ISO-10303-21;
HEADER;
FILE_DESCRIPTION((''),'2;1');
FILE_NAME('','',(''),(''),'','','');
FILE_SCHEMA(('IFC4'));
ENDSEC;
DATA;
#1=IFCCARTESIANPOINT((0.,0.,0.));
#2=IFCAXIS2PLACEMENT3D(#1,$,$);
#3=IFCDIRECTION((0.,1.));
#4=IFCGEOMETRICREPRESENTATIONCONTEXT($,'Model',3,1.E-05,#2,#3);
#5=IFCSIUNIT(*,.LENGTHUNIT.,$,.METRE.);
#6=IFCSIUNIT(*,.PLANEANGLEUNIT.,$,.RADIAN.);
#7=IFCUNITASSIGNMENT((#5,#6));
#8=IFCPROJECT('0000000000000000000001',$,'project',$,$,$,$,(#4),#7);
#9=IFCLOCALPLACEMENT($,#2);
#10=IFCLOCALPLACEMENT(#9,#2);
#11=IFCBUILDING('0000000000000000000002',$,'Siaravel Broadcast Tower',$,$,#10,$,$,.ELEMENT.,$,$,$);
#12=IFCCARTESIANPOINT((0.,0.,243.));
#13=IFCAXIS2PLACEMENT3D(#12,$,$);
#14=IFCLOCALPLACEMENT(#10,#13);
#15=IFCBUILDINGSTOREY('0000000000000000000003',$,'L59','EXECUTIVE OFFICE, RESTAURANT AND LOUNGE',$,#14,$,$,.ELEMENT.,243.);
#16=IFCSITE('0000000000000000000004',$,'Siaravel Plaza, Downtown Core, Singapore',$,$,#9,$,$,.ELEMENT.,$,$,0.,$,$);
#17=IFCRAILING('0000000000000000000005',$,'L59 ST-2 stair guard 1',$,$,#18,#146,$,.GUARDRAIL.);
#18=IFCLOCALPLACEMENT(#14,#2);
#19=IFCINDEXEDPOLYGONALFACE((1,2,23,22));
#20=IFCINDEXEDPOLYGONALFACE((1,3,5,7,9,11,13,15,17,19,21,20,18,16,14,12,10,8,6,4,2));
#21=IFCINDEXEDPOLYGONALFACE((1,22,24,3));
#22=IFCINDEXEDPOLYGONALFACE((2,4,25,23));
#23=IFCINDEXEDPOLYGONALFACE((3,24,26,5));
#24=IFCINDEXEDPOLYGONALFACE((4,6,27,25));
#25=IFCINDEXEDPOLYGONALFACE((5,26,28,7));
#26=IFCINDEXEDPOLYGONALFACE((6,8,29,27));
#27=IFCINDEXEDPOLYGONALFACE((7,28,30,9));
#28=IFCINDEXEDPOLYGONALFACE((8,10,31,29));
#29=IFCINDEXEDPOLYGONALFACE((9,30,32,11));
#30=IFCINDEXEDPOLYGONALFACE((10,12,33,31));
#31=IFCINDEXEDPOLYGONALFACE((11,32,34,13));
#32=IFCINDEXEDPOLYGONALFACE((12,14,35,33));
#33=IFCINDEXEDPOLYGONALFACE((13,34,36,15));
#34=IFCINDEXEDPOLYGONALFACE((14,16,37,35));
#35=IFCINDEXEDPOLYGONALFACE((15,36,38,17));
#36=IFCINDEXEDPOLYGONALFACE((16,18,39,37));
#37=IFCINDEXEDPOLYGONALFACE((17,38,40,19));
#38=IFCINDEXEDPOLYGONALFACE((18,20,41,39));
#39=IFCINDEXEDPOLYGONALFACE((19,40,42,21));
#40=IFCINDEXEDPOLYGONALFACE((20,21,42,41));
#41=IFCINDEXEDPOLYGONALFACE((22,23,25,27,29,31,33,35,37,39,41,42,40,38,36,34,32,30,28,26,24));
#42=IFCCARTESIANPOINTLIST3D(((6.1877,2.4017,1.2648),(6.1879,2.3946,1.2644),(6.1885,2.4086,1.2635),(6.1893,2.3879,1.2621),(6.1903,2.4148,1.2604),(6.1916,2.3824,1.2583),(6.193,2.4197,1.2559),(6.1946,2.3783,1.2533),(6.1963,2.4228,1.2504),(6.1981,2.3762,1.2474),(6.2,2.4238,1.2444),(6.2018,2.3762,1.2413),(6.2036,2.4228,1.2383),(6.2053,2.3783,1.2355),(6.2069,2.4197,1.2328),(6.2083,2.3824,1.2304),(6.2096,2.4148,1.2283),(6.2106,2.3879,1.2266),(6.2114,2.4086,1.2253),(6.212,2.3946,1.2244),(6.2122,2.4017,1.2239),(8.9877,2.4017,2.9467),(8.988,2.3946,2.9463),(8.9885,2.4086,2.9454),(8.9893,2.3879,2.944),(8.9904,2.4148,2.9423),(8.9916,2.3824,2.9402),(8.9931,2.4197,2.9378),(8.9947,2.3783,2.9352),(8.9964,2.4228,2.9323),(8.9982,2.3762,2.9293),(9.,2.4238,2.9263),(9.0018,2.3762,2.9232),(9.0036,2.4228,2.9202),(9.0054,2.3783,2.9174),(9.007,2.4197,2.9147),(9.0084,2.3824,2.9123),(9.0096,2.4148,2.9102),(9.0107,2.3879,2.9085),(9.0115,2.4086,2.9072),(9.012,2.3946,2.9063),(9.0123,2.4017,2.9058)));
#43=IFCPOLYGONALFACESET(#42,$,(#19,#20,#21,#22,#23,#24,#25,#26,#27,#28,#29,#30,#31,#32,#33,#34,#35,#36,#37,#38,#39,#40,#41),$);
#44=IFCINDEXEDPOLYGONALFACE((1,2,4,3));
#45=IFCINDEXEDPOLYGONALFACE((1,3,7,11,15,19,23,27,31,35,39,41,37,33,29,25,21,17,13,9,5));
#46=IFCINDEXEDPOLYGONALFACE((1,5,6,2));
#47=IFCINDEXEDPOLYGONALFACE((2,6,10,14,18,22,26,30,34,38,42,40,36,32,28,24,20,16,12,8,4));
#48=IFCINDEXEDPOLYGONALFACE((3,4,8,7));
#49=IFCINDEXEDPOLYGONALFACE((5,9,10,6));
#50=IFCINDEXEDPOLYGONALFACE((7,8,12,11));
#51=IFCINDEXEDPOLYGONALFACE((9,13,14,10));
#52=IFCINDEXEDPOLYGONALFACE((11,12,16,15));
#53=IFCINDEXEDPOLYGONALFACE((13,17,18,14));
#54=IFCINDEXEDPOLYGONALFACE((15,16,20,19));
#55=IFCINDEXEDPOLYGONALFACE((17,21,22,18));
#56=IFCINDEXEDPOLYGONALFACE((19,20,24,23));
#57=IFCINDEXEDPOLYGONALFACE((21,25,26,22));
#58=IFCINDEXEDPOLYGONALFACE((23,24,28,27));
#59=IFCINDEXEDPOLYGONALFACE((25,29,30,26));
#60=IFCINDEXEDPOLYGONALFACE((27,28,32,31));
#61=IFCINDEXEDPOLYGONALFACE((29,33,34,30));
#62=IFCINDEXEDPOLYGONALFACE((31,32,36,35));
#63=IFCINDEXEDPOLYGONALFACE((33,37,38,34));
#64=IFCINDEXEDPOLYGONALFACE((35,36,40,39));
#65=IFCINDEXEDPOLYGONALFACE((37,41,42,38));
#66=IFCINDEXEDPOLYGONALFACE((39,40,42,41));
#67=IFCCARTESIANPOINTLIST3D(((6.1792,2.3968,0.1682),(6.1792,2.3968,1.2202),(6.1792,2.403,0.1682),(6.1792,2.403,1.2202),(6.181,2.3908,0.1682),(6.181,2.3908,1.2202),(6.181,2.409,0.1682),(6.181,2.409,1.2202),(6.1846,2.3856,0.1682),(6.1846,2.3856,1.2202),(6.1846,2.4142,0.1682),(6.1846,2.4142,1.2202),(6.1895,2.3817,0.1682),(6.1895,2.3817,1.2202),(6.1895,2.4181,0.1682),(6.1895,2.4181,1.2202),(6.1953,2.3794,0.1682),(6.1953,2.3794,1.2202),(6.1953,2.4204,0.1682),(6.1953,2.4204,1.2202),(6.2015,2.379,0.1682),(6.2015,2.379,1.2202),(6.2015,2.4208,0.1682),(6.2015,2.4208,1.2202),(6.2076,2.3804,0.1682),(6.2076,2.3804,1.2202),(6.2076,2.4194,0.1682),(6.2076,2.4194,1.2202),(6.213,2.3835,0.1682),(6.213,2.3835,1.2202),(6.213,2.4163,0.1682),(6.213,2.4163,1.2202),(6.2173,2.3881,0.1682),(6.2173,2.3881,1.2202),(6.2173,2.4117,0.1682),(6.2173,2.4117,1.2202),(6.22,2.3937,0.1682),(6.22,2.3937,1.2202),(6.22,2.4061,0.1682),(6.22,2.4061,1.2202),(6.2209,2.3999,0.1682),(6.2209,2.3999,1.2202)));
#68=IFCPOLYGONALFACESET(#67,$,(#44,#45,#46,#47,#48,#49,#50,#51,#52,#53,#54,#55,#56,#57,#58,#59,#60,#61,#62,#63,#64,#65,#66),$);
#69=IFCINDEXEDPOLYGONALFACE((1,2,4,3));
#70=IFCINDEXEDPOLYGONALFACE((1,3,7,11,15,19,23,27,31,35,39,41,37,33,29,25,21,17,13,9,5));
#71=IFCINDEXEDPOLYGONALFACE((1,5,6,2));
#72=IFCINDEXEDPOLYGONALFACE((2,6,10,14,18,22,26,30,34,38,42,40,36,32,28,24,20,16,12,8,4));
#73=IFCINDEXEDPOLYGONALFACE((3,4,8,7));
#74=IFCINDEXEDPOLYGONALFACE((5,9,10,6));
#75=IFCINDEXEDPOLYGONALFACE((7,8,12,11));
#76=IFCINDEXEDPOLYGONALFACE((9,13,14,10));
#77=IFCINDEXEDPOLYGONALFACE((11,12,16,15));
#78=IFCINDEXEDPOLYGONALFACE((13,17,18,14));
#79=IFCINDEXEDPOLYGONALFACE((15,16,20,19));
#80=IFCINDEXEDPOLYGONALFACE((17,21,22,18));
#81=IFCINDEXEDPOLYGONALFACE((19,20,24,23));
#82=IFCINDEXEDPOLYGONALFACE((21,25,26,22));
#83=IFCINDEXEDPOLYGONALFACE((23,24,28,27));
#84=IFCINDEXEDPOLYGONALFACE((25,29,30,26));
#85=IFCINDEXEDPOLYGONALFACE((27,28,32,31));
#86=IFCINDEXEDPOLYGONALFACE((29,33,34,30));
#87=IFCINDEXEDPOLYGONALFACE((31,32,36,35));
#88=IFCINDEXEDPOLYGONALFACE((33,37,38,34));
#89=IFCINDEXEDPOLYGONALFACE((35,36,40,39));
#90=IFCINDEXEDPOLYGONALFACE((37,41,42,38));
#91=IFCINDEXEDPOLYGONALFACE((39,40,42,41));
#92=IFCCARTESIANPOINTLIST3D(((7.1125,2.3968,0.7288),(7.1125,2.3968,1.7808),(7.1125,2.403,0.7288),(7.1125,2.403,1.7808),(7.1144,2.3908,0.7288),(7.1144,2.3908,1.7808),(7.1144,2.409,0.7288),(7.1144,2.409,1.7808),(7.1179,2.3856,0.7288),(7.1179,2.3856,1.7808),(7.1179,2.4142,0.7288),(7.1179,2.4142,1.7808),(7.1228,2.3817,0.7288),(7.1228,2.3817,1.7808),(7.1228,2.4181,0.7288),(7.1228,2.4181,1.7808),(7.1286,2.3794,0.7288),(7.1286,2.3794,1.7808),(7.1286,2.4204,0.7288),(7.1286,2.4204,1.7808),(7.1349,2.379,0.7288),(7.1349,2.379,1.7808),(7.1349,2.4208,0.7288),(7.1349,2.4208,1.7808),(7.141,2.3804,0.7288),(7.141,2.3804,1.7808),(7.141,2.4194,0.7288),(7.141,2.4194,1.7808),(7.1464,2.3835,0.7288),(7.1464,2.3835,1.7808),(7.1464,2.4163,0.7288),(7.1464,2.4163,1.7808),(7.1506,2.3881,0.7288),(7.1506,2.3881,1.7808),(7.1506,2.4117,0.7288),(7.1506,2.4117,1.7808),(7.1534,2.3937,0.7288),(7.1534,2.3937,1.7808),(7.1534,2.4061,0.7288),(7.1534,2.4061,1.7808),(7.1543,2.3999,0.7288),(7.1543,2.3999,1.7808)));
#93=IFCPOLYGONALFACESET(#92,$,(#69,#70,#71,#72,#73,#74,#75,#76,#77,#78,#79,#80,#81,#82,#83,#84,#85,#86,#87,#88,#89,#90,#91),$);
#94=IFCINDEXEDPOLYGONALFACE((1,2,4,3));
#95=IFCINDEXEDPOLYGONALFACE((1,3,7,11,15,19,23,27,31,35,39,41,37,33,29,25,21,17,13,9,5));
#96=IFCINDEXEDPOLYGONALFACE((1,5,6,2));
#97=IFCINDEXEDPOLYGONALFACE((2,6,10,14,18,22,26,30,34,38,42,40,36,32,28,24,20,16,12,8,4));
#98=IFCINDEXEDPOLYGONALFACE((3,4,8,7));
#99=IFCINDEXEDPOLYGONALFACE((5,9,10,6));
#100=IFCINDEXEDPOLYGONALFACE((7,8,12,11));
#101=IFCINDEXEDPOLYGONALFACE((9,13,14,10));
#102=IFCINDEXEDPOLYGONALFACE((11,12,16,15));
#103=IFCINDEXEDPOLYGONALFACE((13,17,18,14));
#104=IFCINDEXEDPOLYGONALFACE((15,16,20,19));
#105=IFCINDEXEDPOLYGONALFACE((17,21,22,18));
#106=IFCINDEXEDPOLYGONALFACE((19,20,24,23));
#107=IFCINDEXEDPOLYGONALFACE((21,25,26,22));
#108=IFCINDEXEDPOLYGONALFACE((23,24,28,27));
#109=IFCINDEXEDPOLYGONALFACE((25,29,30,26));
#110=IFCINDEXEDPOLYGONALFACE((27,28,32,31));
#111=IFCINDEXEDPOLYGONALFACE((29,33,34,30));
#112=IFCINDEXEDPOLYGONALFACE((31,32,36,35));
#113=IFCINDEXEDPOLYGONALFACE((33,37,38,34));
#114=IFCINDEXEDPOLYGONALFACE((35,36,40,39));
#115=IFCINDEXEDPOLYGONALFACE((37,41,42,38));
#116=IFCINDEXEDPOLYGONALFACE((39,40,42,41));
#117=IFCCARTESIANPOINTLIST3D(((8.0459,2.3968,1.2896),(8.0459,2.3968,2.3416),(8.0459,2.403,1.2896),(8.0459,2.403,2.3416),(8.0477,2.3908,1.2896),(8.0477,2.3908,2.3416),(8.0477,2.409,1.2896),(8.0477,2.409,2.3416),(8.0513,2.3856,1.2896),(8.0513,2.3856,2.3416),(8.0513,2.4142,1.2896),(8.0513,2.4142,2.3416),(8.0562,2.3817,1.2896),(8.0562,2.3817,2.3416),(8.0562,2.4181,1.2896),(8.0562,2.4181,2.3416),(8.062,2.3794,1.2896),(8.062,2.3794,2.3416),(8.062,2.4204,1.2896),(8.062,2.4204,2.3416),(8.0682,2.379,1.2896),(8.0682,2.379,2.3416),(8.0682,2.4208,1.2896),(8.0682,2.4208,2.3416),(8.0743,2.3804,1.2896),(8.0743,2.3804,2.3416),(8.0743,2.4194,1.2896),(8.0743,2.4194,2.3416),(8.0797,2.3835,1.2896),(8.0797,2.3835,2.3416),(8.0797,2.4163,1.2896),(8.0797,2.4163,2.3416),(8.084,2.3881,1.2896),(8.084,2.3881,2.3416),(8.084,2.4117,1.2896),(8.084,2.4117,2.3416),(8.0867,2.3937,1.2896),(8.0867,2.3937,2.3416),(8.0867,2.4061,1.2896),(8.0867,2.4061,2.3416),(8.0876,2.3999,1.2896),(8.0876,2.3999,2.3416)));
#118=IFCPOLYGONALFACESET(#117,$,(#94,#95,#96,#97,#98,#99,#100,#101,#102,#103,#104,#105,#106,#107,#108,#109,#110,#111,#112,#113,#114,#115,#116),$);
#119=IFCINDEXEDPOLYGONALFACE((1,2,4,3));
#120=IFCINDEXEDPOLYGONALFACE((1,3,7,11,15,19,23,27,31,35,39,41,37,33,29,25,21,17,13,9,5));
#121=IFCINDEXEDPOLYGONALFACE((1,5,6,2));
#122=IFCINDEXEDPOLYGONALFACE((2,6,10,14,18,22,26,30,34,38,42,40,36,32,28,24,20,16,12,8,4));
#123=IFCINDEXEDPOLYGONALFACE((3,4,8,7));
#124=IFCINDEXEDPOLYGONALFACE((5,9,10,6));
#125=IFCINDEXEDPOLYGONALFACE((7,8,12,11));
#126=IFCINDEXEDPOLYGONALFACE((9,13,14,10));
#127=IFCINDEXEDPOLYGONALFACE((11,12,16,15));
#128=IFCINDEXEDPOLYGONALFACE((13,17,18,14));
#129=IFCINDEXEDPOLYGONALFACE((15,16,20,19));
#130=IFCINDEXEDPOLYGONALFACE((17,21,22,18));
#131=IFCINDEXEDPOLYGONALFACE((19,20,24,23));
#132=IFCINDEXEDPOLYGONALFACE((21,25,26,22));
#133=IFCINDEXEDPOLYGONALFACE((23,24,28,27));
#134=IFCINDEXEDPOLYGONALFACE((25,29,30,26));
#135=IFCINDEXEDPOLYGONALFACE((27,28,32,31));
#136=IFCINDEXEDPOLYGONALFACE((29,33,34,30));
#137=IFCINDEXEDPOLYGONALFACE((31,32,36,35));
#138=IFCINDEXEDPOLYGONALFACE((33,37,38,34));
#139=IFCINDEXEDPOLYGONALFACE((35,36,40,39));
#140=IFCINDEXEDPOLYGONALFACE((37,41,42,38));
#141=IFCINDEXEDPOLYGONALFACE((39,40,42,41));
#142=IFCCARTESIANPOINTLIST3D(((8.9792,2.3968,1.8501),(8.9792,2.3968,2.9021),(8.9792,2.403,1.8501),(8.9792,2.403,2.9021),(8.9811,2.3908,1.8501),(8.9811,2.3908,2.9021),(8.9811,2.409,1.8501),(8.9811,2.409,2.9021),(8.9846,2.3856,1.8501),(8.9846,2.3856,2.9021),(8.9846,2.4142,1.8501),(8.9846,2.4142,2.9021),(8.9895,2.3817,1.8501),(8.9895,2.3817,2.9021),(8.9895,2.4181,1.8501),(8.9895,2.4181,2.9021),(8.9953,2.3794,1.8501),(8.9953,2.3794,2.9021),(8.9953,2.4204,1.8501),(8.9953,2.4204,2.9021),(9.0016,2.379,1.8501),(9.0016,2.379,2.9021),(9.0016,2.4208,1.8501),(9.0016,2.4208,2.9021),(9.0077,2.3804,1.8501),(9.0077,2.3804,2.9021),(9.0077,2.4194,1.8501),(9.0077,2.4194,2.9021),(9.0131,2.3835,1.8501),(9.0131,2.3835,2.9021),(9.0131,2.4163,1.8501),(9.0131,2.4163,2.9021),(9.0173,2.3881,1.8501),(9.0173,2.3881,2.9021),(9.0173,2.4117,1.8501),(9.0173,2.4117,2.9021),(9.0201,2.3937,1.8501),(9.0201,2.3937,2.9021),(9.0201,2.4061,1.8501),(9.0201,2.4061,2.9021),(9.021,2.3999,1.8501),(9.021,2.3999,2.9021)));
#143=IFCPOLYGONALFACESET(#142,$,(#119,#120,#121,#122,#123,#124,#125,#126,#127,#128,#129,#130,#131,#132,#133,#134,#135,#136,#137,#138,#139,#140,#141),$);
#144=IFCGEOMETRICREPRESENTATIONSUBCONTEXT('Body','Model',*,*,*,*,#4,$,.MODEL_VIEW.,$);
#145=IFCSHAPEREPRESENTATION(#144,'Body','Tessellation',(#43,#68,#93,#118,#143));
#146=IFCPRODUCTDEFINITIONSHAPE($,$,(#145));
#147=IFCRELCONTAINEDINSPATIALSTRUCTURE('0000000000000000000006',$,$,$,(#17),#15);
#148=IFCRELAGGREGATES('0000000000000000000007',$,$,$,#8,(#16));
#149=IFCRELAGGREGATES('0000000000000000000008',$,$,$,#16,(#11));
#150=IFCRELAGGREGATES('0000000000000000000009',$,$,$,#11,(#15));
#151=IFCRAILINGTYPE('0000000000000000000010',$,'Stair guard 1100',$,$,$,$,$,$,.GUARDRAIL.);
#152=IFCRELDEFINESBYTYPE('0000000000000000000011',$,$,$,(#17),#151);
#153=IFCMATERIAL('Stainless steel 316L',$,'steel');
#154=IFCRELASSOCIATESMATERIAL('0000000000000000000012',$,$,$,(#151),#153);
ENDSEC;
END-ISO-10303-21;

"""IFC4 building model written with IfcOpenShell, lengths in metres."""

from ifc_helpers import new_model, si_unit, direction, frame, origin, origin_2d, place, context, subcontext, project, spatial, circle, extrude, material, type_object, element, save


model = new_model("IFC4")

# Units and contexts
model_context = context("Model", 3, precision=1e-05, world=origin(), true_north=direction((0.0, 1.0)))
body_context = subcontext(model_context, "Body", "Model", "MODEL_VIEW")
ifc_project = project(units=[si_unit("LENGTHUNIT", "METRE"), si_unit("PLANEANGLEUNIT", "RADIAN")], contexts=[model_context])

# Site, building, storey
site_placement = place(None, origin())
site = spatial("IfcSite", under=ifc_project, at=site_placement, Name="Siaravel Plaza, Downtown Core, Singapore", CompositionType="ELEMENT", RefElevation=0.0)
building_placement = place(site_placement, origin())
building = spatial("IfcBuilding", under=site, at=building_placement, Name="Siaravel Broadcast Tower", CompositionType="ELEMENT")
storey_placement = place(building_placement, frame((0.0, 0.0, 243.0)))
storey = spatial("IfcBuildingStorey", under=building, at=storey_placement, Name="L59", Description="EXECUTIVE OFFICE, RESTAURANT AND LOUNGE", CompositionType="ELEMENT", Elevation=243.0)

# Railing
ifc_material_1 = material(Name="Stainless steel 316L", Category="steel")
railing_type_1 = type_object("IfcRailingType", Name="Stair guard 1100", PredefinedType="GUARDRAIL", material=ifc_material_1)
railing_1_placement = place(storey_placement, frame((6.2, 2.3999, 0.1682)))
element("IfcRailing", 1, at=railing_1_placement, inside=storey, type_object=railing_type_1, Name="L59 ST-2 stair guard 1", PredefinedType="GUARDRAIL", context=body_context, shape_type="SweptSolid", body=[
    extrude(circle(Radius=0.0239, at=origin_2d()), frame((0.0, 0.0, 1.0762), z_axis=(0.857242, 0.0, 0.514913), x_axis=(0.0, 1.0, 0.0)), (0.0, 0.0, 1.0), 3.2664),
    extrude(circle(Radius=0.021, at=origin_2d()), origin(), (0.0, 0.0, 1.0), 1.052),
    extrude(circle(Radius=0.021, at=origin_2d()), frame((0.9333, 0.0, 0.5605)), (0.0, 0.0, 1.0), 1.052),
    extrude(circle(Radius=0.021, at=origin_2d()), frame((1.8667, 0.0, 1.1213)), (0.0, 0.0, 1.0), 1.052),
    extrude(circle(Radius=0.021, at=origin_2d()), frame((2.8, 0.0, 1.6819)), (0.0, 0.0, 1.0), 1.052),
])

save(model, "model.ifc")
